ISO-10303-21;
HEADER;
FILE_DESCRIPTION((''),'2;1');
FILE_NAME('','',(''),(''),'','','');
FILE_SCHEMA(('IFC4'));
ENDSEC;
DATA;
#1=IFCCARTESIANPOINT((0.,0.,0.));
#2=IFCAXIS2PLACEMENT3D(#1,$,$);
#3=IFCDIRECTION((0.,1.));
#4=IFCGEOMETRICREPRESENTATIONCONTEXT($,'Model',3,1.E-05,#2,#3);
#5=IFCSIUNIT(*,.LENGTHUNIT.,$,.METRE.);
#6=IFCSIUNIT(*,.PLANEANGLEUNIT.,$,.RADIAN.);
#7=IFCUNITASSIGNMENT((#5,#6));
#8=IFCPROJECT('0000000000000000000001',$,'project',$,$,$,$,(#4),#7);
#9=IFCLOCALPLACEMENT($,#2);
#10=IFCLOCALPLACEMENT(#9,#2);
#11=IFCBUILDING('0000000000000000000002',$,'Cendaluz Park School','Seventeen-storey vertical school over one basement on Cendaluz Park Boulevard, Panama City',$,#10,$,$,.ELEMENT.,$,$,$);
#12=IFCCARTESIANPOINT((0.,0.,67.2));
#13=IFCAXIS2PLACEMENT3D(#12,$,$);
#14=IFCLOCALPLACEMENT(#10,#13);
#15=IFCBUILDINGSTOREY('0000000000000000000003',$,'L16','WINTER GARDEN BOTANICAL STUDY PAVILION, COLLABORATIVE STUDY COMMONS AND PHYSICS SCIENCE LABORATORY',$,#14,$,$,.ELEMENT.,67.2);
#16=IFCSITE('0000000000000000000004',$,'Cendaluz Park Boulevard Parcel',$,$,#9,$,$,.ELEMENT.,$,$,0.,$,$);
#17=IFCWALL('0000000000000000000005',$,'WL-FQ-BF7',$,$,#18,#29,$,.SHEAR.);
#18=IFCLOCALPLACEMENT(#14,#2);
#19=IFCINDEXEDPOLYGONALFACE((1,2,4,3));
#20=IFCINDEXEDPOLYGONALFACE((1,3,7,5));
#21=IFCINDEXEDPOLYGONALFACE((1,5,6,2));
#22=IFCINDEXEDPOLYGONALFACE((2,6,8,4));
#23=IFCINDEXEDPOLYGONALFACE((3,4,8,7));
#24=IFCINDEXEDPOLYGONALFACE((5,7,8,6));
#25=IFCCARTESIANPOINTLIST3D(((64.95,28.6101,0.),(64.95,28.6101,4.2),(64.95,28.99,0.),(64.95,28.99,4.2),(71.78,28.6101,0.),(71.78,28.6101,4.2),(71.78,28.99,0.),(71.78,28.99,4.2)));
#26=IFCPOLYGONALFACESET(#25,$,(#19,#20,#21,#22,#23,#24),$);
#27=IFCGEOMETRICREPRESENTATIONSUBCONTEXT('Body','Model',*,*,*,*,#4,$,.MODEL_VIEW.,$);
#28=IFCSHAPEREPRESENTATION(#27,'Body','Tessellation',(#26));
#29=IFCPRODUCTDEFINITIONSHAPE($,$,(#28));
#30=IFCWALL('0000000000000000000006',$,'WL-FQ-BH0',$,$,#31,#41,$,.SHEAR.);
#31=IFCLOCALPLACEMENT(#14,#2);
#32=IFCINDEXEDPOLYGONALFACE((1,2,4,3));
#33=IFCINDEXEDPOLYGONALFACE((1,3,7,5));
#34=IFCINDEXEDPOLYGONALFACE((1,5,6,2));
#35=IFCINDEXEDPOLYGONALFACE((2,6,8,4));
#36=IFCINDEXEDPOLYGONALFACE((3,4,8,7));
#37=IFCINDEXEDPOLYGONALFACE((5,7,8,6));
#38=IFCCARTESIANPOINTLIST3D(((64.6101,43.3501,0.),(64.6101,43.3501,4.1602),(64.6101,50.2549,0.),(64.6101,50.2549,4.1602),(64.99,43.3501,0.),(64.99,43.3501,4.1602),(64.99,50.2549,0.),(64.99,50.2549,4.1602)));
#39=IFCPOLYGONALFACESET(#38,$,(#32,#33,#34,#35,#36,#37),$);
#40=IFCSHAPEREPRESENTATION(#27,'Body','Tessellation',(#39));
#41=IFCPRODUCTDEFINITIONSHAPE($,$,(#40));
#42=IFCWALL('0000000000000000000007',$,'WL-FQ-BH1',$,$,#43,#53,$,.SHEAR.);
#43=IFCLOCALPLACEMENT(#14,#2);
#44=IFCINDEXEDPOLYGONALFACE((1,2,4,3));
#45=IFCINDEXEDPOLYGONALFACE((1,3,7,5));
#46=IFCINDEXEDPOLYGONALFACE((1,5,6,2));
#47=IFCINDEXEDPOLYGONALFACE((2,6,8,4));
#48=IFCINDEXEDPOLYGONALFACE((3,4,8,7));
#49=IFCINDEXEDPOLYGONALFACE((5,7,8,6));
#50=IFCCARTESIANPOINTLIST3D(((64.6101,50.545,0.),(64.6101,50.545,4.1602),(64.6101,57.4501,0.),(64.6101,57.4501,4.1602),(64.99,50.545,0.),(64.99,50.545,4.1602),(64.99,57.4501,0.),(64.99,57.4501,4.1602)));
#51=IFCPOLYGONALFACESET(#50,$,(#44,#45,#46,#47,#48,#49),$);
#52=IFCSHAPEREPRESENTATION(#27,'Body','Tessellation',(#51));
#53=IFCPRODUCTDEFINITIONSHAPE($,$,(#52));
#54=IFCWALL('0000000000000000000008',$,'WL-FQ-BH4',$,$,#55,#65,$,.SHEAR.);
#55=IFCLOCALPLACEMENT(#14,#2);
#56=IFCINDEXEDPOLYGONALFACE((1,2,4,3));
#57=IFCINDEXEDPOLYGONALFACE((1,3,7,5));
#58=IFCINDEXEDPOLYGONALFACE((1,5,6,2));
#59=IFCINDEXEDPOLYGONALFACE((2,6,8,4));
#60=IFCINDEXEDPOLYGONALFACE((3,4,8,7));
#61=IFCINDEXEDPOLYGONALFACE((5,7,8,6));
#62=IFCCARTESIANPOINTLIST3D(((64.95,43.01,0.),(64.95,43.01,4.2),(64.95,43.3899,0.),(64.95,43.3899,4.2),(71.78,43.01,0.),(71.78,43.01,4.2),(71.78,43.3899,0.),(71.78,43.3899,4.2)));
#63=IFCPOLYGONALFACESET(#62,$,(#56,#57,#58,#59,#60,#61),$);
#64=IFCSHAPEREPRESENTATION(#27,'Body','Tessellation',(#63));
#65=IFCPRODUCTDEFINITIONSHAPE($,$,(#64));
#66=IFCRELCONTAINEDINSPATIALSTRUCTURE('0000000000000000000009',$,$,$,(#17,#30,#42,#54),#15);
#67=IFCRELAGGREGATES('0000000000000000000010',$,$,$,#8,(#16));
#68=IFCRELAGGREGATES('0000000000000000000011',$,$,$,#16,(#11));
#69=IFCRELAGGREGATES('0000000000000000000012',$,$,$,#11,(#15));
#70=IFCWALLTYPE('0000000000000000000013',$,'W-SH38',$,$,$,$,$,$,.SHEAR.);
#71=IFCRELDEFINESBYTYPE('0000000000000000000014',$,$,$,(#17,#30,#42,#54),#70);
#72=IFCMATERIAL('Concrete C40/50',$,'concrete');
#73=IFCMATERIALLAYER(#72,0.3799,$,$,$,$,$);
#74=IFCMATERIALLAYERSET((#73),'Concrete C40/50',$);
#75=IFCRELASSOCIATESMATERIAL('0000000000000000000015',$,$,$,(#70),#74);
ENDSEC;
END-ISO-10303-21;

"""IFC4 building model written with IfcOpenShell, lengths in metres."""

from ifc_helpers import new_model, si_unit, direction, frame, frame_2d, origin, place, context, subcontext, project, spatial, rectangle, extrude, material, layer, layer_set, type_object, element, save


model = new_model("IFC4")

# Units and contexts
model_context = context("Model", 3, precision=1e-05, world=origin(), true_north=direction((0.0, 1.0)))
body_context = subcontext(model_context, "Body", "Model", "MODEL_VIEW")
ifc_project = project(units=[si_unit("LENGTHUNIT", "METRE"), si_unit("PLANEANGLEUNIT", "RADIAN")], contexts=[model_context])

# Site, building, storey
site_placement = place(None, origin())
site = spatial("IfcSite", under=ifc_project, at=site_placement, Name="Cendaluz Park Boulevard Parcel", CompositionType="ELEMENT", RefElevation=0.0)
building_placement = place(site_placement, origin())
building = spatial("IfcBuilding", under=site, at=building_placement, Name="Cendaluz Park School", Description="Seventeen-storey vertical school over one basement on Cendaluz Park Boulevard, Panama City", CompositionType="ELEMENT")
storey_placement = place(building_placement, frame((0.0, 0.0, 67.2)))
storey = spatial("IfcBuildingStorey", under=building, at=storey_placement, Name="L16", Description="WINTER GARDEN BOTANICAL STUDY PAVILION, COLLABORATIVE STUDY COMMONS AND PHYSICS SCIENCE LABORATORY", CompositionType="ELEMENT", Elevation=67.2)

# Walls
ifc_material_1 = material(Name="Concrete C40/50", Category="concrete")
ifc_layer_1 = layer(ifc_material_1, 0.3799)
ifc_layer_set_1 = layer_set([ifc_layer_1], Name="Concrete C40/50")
wall_type = type_object("IfcWallType", Name="W-SH38", PredefinedType="SHEAR", material=ifc_layer_set_1)
wall_1_placement = place(storey_placement, frame((64.95, 28.8, 0.0), z_axis=(0.0, 0.0, 1.0), x_axis=(1.0, 0.0, 0.0)))
element("IfcWall", 1, at=wall_1_placement, inside=storey, type_object=wall_type, Name="WL-FQ-BF7", PredefinedType="SHEAR", context=body_context, shape_type="SweptSolid", body=[
    extrude(rectangle(XDim=6.8301, YDim=0.3799, at=frame_2d((3.415, 0.0))), origin(), (0.0, 0.0, 1.0), 4.2),
])
wall_2_placement = place(storey_placement, frame((64.8, 43.3501, 0.0), z_axis=(0.0, 0.0, 1.0), x_axis=(0.0, 1.0, 0.0)))
element("IfcWall", 2, at=wall_2_placement, inside=storey, type_object=wall_type, Name="WL-FQ-BH0", PredefinedType="SHEAR", context=body_context, shape_type="SweptSolid", body=[
    extrude(rectangle(XDim=6.9048, YDim=0.3799, at=frame_2d((3.4524, 0.0))), origin(), (0.0, 0.0, 1.0), 4.1602),
])
wall_3_placement = place(storey_placement, frame((64.8, 50.5449, 0.0), z_axis=(0.0, 0.0, 1.0), x_axis=(0.0, 1.0, 0.0)))
element("IfcWall", 3, at=wall_3_placement, inside=storey, type_object=wall_type, Name="WL-FQ-BH1", PredefinedType="SHEAR", context=body_context, shape_type="SweptSolid", body=[
    extrude(rectangle(XDim=6.905, YDim=0.3799, at=frame_2d((3.4526, 0.0))), origin(), (0.0, 0.0, 1.0), 4.1602),
])
wall_4_placement = place(storey_placement, frame((64.95, 43.2, 0.0), z_axis=(0.0, 0.0, 1.0), x_axis=(1.0, 0.0, 0.0)))
element("IfcWall", 4, at=wall_4_placement, inside=storey, type_object=wall_type, Name="WL-FQ-BH4", PredefinedType="SHEAR", context=body_context, shape_type="SweptSolid", body=[
    extrude(rectangle(XDim=6.8301, YDim=0.3799, at=frame_2d((3.415, 0.0))), origin(), (0.0, 0.0, 1.0), 4.2),
])

save(model, "model.ifc")
